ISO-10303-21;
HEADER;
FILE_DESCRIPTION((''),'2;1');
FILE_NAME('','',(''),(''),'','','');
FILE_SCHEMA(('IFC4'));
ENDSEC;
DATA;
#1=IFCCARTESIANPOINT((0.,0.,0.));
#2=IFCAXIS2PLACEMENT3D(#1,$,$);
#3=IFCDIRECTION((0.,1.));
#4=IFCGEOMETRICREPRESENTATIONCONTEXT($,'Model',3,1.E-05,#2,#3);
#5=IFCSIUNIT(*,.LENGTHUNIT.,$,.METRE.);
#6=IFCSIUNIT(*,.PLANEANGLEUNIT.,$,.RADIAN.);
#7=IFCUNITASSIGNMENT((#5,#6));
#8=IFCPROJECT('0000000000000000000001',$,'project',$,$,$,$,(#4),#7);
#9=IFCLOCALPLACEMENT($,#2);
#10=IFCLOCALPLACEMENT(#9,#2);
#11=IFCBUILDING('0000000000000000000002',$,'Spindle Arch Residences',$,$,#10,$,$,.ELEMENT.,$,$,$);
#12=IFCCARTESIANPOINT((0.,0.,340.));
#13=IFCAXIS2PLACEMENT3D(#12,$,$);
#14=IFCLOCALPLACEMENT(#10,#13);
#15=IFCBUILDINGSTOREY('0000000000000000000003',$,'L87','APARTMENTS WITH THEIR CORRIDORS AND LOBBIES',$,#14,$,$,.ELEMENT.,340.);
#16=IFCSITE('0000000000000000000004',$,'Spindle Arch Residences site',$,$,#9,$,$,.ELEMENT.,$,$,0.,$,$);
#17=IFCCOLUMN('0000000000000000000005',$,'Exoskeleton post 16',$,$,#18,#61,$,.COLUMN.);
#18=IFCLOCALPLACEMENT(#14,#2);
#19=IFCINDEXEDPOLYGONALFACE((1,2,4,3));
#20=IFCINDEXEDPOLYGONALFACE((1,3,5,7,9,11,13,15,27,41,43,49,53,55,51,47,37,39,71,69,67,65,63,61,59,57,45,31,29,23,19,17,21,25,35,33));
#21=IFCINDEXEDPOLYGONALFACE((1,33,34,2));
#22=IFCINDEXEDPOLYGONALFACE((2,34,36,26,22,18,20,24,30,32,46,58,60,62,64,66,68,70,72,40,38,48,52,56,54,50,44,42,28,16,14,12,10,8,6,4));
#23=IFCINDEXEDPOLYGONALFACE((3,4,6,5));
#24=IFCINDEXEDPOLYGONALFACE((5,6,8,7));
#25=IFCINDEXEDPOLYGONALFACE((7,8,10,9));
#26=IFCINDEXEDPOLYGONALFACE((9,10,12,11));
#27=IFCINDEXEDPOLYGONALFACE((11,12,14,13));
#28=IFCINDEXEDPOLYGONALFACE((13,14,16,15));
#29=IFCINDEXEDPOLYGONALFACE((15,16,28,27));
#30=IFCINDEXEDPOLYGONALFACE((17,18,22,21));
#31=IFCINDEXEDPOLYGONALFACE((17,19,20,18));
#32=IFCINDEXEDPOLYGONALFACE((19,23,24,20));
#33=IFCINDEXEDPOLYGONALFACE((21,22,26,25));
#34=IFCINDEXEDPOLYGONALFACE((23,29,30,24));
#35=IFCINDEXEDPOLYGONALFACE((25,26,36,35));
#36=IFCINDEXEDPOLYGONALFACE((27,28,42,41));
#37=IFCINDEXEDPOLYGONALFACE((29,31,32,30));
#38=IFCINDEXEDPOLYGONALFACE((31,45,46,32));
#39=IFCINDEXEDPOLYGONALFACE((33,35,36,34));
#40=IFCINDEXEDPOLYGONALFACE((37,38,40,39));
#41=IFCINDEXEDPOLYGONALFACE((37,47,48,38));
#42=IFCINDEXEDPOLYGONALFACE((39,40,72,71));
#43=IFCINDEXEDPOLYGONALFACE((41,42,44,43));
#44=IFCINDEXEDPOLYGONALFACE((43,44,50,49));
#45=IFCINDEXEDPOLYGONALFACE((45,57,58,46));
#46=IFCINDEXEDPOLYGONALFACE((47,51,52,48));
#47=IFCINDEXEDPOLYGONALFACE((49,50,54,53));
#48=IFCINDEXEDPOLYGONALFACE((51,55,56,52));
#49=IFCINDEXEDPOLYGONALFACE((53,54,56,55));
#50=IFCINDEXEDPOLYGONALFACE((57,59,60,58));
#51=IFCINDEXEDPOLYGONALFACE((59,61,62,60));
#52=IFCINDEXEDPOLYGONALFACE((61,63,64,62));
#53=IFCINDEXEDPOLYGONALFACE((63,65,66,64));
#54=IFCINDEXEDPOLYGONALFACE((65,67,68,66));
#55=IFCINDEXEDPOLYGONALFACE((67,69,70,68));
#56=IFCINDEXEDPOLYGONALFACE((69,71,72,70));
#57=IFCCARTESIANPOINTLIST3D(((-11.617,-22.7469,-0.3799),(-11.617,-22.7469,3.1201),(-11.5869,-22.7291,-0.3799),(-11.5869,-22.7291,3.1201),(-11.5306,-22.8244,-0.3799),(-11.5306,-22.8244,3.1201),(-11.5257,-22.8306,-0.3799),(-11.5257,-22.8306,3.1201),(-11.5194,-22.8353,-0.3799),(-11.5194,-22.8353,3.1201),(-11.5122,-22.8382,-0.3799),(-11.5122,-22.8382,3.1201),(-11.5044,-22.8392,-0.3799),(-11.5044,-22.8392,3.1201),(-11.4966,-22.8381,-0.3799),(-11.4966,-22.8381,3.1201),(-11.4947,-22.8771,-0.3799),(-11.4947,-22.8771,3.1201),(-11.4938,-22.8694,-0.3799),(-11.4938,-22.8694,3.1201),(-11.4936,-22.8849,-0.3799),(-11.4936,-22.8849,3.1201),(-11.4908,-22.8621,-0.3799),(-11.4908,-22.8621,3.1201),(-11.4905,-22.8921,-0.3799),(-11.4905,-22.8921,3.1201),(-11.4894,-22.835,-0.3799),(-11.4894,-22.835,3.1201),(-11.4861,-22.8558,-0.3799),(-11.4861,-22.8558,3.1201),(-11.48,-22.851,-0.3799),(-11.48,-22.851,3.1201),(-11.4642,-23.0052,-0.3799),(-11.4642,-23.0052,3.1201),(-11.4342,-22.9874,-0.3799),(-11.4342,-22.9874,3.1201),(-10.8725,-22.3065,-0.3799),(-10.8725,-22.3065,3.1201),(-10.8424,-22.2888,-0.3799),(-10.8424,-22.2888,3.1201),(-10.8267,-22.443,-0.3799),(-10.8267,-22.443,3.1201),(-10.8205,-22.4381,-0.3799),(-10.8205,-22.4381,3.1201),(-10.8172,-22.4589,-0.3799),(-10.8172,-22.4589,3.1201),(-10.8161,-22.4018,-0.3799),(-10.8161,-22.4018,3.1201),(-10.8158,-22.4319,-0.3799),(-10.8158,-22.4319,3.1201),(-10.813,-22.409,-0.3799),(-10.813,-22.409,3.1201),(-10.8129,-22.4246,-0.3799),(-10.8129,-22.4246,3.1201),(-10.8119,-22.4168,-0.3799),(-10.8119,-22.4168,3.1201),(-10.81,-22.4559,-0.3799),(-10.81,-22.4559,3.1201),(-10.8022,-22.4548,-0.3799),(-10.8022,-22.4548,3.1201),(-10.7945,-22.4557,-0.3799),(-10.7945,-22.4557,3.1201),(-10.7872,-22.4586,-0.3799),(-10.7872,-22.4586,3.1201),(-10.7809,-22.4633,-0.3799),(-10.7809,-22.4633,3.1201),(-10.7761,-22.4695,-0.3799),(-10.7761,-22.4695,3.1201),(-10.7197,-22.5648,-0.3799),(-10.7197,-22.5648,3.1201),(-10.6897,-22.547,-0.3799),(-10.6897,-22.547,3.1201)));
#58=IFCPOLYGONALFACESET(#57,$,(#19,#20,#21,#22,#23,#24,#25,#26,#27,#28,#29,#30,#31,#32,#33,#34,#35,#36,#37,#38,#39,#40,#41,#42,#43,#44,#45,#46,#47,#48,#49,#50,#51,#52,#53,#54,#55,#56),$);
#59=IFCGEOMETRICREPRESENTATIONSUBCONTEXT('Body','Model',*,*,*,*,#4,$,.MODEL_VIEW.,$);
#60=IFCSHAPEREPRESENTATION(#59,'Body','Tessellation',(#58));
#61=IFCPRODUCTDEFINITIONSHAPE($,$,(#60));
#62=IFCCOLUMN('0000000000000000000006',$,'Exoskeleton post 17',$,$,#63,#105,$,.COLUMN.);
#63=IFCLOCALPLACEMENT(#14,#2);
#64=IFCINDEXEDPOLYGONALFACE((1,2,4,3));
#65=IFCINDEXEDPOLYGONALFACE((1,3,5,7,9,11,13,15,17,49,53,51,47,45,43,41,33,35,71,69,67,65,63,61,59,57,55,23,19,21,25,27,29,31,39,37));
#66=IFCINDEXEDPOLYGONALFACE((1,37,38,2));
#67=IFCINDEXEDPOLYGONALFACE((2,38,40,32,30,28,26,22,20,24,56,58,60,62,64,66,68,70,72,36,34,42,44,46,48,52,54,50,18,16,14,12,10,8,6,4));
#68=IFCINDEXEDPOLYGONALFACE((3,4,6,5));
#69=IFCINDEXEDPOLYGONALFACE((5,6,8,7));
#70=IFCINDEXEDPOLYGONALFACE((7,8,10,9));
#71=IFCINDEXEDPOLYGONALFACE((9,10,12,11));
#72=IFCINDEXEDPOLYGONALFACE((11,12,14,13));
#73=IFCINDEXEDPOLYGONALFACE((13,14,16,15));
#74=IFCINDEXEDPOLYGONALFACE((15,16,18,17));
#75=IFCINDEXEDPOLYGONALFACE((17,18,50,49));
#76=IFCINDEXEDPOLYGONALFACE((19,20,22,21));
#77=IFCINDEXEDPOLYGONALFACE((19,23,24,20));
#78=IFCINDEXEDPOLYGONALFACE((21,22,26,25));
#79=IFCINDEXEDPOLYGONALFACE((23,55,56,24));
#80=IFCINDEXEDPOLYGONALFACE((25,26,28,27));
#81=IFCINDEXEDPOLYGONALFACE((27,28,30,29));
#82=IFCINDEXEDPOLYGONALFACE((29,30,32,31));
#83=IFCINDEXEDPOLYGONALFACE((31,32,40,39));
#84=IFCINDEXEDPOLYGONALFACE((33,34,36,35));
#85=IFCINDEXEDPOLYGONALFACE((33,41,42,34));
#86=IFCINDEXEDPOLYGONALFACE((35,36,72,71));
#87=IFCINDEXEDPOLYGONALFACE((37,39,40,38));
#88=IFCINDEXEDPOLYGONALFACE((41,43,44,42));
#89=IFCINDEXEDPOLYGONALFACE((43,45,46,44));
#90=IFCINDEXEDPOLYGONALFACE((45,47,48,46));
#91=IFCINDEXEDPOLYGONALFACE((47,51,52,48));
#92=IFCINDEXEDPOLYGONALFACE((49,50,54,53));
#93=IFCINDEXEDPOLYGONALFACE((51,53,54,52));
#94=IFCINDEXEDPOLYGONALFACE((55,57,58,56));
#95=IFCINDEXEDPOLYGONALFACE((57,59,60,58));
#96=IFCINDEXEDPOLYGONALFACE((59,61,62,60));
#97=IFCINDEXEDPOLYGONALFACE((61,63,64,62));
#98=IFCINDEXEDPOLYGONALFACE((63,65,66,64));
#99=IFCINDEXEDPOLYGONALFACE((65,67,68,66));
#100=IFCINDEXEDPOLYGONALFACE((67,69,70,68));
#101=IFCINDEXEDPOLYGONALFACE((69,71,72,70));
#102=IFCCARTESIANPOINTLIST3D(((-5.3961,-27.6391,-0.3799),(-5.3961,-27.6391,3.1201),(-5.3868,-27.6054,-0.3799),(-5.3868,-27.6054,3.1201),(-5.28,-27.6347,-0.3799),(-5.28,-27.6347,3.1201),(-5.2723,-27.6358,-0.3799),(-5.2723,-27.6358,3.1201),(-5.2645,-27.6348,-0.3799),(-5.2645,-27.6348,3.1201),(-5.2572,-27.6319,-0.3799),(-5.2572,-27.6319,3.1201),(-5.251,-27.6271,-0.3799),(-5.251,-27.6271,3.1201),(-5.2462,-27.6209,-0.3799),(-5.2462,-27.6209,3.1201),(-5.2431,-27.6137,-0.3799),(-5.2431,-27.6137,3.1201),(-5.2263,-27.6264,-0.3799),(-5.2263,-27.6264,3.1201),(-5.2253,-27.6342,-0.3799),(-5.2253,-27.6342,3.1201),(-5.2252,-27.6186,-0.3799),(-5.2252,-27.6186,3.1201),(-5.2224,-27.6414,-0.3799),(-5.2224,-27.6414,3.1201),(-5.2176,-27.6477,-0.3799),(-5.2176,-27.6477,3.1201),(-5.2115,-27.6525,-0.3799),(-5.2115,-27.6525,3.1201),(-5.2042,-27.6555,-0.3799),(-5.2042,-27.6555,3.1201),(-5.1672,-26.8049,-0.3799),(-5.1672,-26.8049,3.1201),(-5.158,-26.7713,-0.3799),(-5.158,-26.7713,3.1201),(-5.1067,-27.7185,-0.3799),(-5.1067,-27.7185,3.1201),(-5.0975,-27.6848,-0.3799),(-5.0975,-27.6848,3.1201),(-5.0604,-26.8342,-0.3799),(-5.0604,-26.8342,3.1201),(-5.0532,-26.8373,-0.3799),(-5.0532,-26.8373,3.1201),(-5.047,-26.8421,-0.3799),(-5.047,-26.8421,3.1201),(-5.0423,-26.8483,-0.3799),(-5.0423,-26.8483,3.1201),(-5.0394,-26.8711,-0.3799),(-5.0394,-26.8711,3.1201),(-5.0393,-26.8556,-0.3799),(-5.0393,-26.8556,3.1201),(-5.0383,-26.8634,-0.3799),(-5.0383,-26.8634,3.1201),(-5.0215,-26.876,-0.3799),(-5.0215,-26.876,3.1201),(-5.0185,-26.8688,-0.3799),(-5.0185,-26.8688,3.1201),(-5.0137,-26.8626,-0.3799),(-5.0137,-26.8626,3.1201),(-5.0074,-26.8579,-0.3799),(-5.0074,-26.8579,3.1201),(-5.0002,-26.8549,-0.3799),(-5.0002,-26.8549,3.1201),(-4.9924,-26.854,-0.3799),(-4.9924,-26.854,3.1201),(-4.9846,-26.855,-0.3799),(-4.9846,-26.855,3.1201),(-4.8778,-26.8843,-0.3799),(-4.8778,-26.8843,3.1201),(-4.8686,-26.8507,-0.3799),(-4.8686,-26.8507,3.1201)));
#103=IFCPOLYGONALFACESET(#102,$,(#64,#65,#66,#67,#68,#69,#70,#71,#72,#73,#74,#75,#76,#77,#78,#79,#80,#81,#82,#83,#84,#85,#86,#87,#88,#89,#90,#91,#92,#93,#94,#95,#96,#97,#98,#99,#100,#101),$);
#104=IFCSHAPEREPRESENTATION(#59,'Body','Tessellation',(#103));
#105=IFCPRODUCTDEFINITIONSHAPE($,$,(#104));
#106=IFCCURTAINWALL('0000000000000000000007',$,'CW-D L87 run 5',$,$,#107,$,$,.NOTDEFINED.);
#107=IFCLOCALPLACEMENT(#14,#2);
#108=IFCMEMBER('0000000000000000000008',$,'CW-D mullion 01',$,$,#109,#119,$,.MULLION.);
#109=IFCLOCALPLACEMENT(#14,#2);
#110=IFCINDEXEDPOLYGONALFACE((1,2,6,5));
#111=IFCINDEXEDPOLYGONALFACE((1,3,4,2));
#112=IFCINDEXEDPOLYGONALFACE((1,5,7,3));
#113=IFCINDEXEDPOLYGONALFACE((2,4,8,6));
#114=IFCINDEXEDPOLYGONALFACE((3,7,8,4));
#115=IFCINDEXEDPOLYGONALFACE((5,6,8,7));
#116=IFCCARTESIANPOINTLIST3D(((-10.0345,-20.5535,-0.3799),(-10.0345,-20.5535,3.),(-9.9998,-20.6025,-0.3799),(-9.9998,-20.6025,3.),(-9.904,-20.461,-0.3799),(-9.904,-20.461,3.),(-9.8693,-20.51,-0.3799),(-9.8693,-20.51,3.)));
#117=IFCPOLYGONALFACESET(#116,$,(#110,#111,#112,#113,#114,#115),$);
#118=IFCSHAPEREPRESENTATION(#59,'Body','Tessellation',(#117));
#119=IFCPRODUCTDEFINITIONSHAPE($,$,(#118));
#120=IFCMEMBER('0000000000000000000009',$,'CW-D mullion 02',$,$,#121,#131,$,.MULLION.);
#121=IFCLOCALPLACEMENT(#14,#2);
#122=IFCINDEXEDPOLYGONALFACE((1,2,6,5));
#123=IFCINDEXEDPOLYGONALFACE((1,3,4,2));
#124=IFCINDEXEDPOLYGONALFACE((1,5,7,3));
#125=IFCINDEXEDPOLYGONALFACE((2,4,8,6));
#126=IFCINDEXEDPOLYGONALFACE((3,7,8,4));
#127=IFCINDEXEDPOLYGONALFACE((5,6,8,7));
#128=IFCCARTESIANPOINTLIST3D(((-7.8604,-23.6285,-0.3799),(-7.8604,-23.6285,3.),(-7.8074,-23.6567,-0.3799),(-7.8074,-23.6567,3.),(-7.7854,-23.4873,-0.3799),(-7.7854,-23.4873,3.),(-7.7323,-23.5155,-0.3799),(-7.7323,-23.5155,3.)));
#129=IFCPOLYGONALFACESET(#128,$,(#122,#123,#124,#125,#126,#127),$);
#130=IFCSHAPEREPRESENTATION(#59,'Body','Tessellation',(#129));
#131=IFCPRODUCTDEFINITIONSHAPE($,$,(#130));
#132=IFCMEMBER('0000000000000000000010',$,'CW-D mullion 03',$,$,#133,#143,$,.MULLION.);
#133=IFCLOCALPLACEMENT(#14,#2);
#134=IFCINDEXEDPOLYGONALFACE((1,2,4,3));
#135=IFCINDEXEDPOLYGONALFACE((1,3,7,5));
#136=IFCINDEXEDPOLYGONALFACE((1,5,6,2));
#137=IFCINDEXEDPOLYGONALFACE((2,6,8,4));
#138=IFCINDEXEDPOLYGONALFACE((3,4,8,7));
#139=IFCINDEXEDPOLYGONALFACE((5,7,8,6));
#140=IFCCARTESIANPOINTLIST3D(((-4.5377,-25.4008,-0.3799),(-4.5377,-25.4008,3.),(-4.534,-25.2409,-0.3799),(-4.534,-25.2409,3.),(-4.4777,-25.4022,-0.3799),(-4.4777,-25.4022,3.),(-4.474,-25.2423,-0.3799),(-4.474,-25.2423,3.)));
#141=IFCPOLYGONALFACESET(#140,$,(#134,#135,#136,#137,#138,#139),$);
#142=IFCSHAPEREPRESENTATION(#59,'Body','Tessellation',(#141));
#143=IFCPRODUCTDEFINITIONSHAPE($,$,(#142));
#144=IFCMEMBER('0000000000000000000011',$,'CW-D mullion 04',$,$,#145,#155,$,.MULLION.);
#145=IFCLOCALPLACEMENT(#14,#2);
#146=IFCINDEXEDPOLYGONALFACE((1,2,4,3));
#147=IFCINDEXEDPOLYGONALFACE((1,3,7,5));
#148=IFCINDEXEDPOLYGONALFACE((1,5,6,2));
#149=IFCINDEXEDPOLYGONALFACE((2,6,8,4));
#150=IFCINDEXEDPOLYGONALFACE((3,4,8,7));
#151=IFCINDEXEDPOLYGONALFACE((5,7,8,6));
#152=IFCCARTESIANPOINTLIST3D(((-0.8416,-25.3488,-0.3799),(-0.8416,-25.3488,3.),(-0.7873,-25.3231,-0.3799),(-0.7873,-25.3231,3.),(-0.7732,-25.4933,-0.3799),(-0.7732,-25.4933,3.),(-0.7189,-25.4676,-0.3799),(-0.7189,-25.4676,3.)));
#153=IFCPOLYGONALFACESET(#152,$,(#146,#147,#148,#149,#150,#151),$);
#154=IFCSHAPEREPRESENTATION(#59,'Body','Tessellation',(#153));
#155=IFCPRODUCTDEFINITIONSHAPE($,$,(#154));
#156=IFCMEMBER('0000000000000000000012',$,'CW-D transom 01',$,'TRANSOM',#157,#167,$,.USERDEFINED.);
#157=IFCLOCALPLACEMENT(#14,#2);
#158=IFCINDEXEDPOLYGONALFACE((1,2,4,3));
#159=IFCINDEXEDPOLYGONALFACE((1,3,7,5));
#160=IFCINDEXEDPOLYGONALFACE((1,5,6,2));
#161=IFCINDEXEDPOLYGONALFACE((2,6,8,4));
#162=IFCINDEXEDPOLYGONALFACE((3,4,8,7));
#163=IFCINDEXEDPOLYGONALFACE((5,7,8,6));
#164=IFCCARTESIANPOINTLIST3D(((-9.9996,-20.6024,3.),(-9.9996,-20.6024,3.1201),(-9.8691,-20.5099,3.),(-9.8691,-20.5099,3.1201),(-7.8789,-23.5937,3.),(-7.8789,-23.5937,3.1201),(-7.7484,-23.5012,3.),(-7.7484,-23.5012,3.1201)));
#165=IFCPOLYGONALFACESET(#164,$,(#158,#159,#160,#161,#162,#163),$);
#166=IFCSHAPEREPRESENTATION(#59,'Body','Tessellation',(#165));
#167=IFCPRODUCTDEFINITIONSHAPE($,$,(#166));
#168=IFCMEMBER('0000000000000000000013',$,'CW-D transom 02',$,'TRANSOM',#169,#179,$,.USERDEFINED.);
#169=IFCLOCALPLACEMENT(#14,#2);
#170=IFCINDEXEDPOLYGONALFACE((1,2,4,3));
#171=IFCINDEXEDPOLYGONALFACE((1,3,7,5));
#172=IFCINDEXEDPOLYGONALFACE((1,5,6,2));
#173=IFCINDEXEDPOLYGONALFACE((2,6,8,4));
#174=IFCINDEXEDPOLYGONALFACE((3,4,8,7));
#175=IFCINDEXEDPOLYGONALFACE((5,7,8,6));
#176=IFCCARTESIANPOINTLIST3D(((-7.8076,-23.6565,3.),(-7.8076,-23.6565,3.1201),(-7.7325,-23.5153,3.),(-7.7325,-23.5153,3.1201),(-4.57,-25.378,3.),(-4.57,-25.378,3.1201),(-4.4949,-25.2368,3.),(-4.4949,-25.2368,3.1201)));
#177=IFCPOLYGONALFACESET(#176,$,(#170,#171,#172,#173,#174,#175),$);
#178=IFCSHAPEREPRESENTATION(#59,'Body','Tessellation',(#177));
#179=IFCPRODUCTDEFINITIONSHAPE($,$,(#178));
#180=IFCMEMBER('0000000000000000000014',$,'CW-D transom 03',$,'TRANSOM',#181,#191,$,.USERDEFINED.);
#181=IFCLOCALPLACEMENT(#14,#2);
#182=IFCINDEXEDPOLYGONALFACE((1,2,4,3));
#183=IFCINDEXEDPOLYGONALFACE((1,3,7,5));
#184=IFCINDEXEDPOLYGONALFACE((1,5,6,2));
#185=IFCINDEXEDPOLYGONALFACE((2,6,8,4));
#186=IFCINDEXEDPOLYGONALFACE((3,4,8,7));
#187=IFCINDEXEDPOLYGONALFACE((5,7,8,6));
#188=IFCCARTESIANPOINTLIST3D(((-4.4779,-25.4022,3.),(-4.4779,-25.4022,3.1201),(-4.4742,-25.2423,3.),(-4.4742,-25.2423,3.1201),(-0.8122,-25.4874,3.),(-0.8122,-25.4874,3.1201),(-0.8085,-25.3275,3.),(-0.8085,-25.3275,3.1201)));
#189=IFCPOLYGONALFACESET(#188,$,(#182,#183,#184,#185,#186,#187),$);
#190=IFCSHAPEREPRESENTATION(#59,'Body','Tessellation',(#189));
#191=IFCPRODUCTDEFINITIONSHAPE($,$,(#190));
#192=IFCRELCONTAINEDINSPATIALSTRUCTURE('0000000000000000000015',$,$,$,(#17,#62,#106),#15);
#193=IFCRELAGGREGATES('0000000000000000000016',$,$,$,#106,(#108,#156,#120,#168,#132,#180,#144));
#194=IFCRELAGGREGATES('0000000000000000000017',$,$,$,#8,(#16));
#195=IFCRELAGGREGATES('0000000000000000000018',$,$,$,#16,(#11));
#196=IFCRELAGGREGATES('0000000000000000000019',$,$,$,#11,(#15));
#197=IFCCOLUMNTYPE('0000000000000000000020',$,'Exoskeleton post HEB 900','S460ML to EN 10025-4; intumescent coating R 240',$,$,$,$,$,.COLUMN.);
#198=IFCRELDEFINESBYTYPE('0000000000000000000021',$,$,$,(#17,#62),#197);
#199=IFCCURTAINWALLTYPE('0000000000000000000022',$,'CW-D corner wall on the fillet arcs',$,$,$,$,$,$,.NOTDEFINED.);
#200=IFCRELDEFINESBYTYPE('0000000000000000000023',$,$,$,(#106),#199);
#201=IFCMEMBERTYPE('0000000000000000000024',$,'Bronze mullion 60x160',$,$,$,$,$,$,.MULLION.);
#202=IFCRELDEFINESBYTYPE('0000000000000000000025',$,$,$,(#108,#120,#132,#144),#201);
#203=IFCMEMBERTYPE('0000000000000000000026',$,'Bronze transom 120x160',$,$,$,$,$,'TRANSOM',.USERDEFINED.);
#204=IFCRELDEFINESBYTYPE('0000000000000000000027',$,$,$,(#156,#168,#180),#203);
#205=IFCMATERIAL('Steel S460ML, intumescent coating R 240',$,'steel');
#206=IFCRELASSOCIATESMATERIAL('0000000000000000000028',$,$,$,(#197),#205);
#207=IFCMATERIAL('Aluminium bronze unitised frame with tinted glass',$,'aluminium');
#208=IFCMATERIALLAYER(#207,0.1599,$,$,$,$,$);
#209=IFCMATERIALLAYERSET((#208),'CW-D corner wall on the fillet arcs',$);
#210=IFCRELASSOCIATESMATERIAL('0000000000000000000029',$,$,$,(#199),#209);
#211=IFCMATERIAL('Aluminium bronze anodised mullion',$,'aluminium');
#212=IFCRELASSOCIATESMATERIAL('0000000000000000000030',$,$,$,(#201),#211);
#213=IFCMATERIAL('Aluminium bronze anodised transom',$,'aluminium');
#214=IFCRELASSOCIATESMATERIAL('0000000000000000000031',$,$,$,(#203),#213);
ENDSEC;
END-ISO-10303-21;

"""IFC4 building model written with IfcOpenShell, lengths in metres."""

from ifc_helpers import new_model, si_unit, direction, frame, origin, origin_2d, place, context, subcontext, project, spatial, rectangle, i_section, extrude, material, layer, layer_set, material_profile, profile_set, type_object, element, aggregate, save


model = new_model("IFC4")

# Units and contexts
model_context = context("Model", 3, precision=1e-05, world=origin(), true_north=direction((0.0, 1.0)))
body_context = subcontext(model_context, "Body", "Model", "MODEL_VIEW")
ifc_project = project(units=[si_unit("LENGTHUNIT", "METRE"), si_unit("PLANEANGLEUNIT", "RADIAN")], contexts=[model_context])

# Site, building, storey
site_placement = place(None, origin())
site = spatial("IfcSite", under=ifc_project, at=site_placement, Name="Spindle Arch Residences site", CompositionType="ELEMENT", RefElevation=0.0)
building_placement = place(site_placement, origin())
building = spatial("IfcBuilding", under=site, at=building_placement, Name="Spindle Arch Residences", CompositionType="ELEMENT")
storey_placement = place(building_placement, frame((0.0, 0.0, 340.0)))
storey = spatial("IfcBuildingStorey", under=building, at=storey_placement, Name="L87", Description="APARTMENTS WITH THEIR CORRIDORS AND LOBBIES", CompositionType="ELEMENT", Elevation=340.0)

# Columns
ifc_material_1 = material(Name="Steel S460ML, intumescent coating R 240", Category="steel")
ifc_material_profile_1 = material_profile(ifc_material_1, i_section(OverallWidth=0.3, OverallDepth=0.8999, WebThickness=0.0186, FlangeThickness=0.0349, FilletRadius=0.03, at=origin_2d()), Name="HEB 900")
ifc_profile_set_1 = profile_set([ifc_material_profile_1], Name="Steel S460ML, intumescent coating R 240")
column_type = type_object("IfcColumnType", Name="Exoskeleton post HEB 900", Description="S460ML to EN 10025-4; intumescent coating R 240", PredefinedType="COLUMN", material=ifc_profile_set_1)
for number, where, z_axis, x_axis, name in (
    (1, (-11.1533, -22.647, -0.3799), (0.0, 0.0, 1.0), (-0.509114, 0.860699, 0.0), "Exoskeleton post 16"),
    (2, (-5.1323, -27.2449, -0.3799), (0.0, 0.0, 1.0), (-0.964363, 0.264583, 0.0), "Exoskeleton post 17"),
):
    element("IfcColumn", number, at=place(storey_placement, frame(where, z_axis=z_axis, x_axis=x_axis)), inside=storey, type_object=column_type, Name=name, PredefinedType="COLUMN", context=body_context, shape_type="SweptSolid", body=[
        extrude(i_section(OverallWidth=0.3, OverallDepth=0.8999, WebThickness=0.0186, FlangeThickness=0.0349, FilletRadius=0.03, at=origin_2d()), origin(), (0.0, 0.0, 1.0), 3.5),
    ])

# Curtain wall, members
ifc_material_2 = material(Name="Aluminium bronze unitised frame with tinted glass", Category="aluminium")
ifc_layer_1 = layer(ifc_material_2, 0.1599)
ifc_layer_set_1 = layer_set([ifc_layer_1], Name="CW-D corner wall on the fillet arcs")
curtain_wall_type = type_object("IfcCurtainWallType", Name="CW-D corner wall on the fillet arcs", PredefinedType="NOTDEFINED", material=ifc_layer_set_1)
curtain_wall_placement = place(storey_placement, origin())
curtain_wall = element("IfcCurtainWall", 3, at=curtain_wall_placement, inside=storey, type_object=curtain_wall_type, Name="CW-D L87 run 5", PredefinedType="NOTDEFINED")
ifc_material_3 = material(Name="Aluminium bronze anodised mullion", Category="aluminium")
ifc_material_profile_2 = material_profile(ifc_material_3, rectangle(XDim=0.1599, YDim=0.0601, at=origin_2d()), Name="MU 60x160")
ifc_profile_set_2 = profile_set([ifc_material_profile_2], Name="Aluminium bronze anodised mullion")
member_type_1 = type_object("IfcMemberType", Name="Bronze mullion 60x160", PredefinedType="MULLION", material=ifc_profile_set_2)
member_1_placement = place(storey_placement, frame((-9.9519, -20.5317, -0.3799), z_axis=(0.0, 0.0, 1.0), x_axis=(0.815801, 0.578332, 0.0)))
member_1 = element("IfcMember", 4, at=member_1_placement, type_object=member_type_1, Name="CW-D mullion 01", PredefinedType="MULLION", context=body_context, shape_type="SweptSolid", body=[
    extrude(rectangle(XDim=0.1599, YDim=0.0601, at=origin_2d()), origin(), (0.0, 0.0, 1.0), 3.3799),
])
member_2_placement = place(storey_placement, frame((-7.7964, -23.572, -0.3799), z_axis=(0.0, 0.0, 1.0), x_axis=(0.469472, 0.882948, 0.0)))
member_2 = element("IfcMember", 5, at=member_2_placement, type_object=member_type_1, Name="CW-D mullion 02", PredefinedType="MULLION", context=body_context, shape_type="SweptSolid", body=[
    extrude(rectangle(XDim=0.1599, YDim=0.0601, at=origin_2d()), origin(), (0.0, 0.0, 1.0), 3.3799),
])
member_3_placement = place(storey_placement, frame((-4.5059, -25.3215, -0.3799), z_axis=(0.0, 0.0, 1.0), x_axis=(0.023269, 0.999729, 0.0)))
member_3 = element("IfcMember", 6, at=member_3_placement, type_object=member_type_1, Name="CW-D mullion 03", PredefinedType="MULLION", context=body_context, shape_type="SweptSolid", body=[
    extrude(rectangle(XDim=0.1599, YDim=0.0601, at=origin_2d()), origin(), (0.0, 0.0, 1.0), 3.3799),
])
member_4_placement = place(storey_placement, frame((-0.7803, -25.4082, -0.3799), z_axis=(0.0, 0.0, 1.0), x_axis=(-0.427884, 0.903834, 0.0)))
member_4 = element("IfcMember", 7, at=member_4_placement, type_object=member_type_1, Name="CW-D mullion 04", PredefinedType="MULLION", context=body_context, shape_type="SweptSolid", body=[
    extrude(rectangle(XDim=0.1599, YDim=0.0601, at=origin_2d()), origin(), (0.0, 0.0, 1.0), 3.3799),
])
ifc_material_4 = material(Name="Aluminium bronze anodised transom", Category="aluminium")
ifc_material_profile_3 = material_profile(ifc_material_4, rectangle(XDim=0.1599, YDim=0.1201, at=origin_2d()), Name="TR 120x160")
ifc_profile_set_3 = profile_set([ifc_material_profile_3], Name="Aluminium bronze anodised transom")
member_type_2 = type_object("IfcMemberType", Name="Bronze transom 120x160", ElementType="TRANSOM", PredefinedType="USERDEFINED", material=ifc_profile_set_3)
member_5_placement = place(storey_placement, frame((-9.9343, -20.5562, 3.0601), z_axis=(0.57835, -0.815789, 0.0), x_axis=(0.815789, 0.57835, 0.0)))
member_5 = element("IfcMember", 8, at=member_5_placement, type_object=member_type_2, Name="CW-D transom 01", ObjectType="TRANSOM", PredefinedType="USERDEFINED", context=body_context, shape_type="SweptSolid", body=[
    extrude(rectangle(XDim=0.1599, YDim=0.1201, at=origin_2d()), origin(), (0.0, 0.0, 1.0), 3.6667),
])
member_6_placement = place(storey_placement, frame((-7.77, -23.5859, 3.0601), z_axis=(0.882948, -0.469472, 0.0), x_axis=(0.469472, 0.882948, 0.0)))
member_6 = element("IfcMember", 9, at=member_6_placement, type_object=member_type_2, Name="CW-D transom 02", ObjectType="TRANSOM", PredefinedType="USERDEFINED", context=body_context, shape_type="SweptSolid", body=[
    extrude(rectangle(XDim=0.1599, YDim=0.1201, at=origin_2d()), origin(), (0.0, 0.0, 1.0), 3.6667),
])
member_7_placement = place(storey_placement, frame((-4.4761, -25.3223, 3.0601), z_axis=(0.99973, -0.023237, 0.0), x_axis=(0.023237, 0.99973, 0.0)))
member_7 = element("IfcMember", 10, at=member_7_placement, type_object=member_type_2, Name="CW-D transom 03", ObjectType="TRANSOM", PredefinedType="USERDEFINED", context=body_context, shape_type="SweptSolid", body=[
    extrude(rectangle(XDim=0.1599, YDim=0.1201, at=origin_2d()), origin(), (0.0, 0.0, 1.0), 3.6667),
])

aggregate(curtain_wall, [member_1, member_5, member_2, member_6, member_3, member_7, member_4])

save(model, "model.ifc")
